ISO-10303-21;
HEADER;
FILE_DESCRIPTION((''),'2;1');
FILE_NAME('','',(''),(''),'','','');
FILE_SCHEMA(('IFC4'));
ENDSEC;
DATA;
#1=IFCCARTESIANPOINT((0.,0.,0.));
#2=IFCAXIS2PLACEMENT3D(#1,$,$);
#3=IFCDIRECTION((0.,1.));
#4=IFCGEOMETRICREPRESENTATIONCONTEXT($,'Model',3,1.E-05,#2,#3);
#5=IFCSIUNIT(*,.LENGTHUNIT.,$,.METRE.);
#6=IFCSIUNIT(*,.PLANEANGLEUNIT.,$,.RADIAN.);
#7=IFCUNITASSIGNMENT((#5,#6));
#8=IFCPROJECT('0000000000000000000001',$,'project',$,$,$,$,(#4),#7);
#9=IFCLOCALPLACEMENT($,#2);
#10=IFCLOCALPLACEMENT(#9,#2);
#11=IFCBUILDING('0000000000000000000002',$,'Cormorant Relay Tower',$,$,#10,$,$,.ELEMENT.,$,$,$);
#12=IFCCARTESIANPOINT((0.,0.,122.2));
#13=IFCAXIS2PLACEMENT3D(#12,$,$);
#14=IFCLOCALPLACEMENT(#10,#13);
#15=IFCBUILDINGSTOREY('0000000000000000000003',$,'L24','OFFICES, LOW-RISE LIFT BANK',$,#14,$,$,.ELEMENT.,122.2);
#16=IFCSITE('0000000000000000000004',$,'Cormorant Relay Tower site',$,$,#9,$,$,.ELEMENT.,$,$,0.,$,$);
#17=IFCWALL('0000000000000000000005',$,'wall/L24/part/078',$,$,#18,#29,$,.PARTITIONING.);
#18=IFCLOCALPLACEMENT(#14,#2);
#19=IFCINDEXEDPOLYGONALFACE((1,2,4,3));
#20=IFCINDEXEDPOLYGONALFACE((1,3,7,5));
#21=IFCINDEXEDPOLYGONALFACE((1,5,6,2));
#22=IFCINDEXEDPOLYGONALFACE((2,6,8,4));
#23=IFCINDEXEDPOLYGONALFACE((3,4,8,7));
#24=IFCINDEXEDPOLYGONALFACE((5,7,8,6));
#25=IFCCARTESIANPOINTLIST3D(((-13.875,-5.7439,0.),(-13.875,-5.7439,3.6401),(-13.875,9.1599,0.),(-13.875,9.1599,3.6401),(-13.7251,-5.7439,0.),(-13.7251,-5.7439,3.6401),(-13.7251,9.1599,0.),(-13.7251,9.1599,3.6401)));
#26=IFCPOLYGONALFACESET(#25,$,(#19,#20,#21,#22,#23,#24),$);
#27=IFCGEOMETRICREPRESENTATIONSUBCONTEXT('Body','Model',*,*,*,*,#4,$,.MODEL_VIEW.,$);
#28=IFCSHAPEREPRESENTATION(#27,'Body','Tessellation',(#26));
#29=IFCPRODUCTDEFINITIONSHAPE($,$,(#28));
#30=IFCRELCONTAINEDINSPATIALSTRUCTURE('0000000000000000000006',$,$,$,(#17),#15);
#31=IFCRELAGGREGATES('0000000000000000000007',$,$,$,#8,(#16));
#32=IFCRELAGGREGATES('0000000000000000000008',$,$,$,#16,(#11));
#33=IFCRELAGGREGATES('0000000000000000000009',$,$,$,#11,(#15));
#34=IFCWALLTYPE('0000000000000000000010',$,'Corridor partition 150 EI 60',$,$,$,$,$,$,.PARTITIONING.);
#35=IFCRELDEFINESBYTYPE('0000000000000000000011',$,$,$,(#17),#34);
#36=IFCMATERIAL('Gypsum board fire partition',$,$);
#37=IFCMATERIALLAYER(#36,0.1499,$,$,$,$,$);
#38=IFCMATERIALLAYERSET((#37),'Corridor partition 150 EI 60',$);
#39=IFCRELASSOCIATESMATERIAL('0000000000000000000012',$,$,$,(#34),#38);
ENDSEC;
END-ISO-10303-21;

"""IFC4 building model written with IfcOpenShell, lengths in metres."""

from ifc_helpers import new_model, si_unit, direction, frame, frame_2d, origin, place, context, subcontext, project, spatial, rectangle, extrude, material, layer, layer_set, type_object, element, save


model = new_model("IFC4")

# Units and contexts
model_context = context("Model", 3, precision=1e-05, world=origin(), true_north=direction((0.0, 1.0)))
body_context = subcontext(model_context, "Body", "Model", "MODEL_VIEW")
ifc_project = project(units=[si_unit("LENGTHUNIT", "METRE"), si_unit("PLANEANGLEUNIT", "RADIAN")], contexts=[model_context])

# Site, building, storey
site_placement = place(None, origin())
site = spatial("IfcSite", under=ifc_project, at=site_placement, Name="Cormorant Relay Tower site", CompositionType="ELEMENT", RefElevation=0.0)
building_placement = place(site_placement, origin())
building = spatial("IfcBuilding", under=site, at=building_placement, Name="Cormorant Relay Tower", CompositionType="ELEMENT")
storey_placement = place(building_placement, frame((0.0, 0.0, 122.2)))
storey = spatial("IfcBuildingStorey", under=building, at=storey_placement, Name="L24", Description="OFFICES, LOW-RISE LIFT BANK", CompositionType="ELEMENT", Elevation=122.2)

# Wall
ifc_material_1 = material(Name="Gypsum board fire partition")
ifc_layer_1 = layer(ifc_material_1, 0.1499)
ifc_layer_set_1 = layer_set([ifc_layer_1], Name="Corridor partition 150 EI 60")
wall_type_1 = type_object("IfcWallType", Name="Corridor partition 150 EI 60", PredefinedType="PARTITIONING", material=ifc_layer_set_1)
wall_1_placement = place(storey_placement, frame((-13.8, 9.1599, 0.0), z_axis=(0.0, 0.0, 1.0), x_axis=(0.0, -1.0, 0.0)))
element("IfcWall", 1, at=wall_1_placement, inside=storey, type_object=wall_type_1, Name="wall/L24/part/078", PredefinedType="PARTITIONING", context=body_context, shape_type="SweptSolid", body=[
    extrude(rectangle(XDim=14.9038, YDim=0.1499, at=frame_2d((7.4519, 0.0))), origin(), (0.0, 0.0, 1.0), 3.6401),
])

save(model, "model.ifc")
